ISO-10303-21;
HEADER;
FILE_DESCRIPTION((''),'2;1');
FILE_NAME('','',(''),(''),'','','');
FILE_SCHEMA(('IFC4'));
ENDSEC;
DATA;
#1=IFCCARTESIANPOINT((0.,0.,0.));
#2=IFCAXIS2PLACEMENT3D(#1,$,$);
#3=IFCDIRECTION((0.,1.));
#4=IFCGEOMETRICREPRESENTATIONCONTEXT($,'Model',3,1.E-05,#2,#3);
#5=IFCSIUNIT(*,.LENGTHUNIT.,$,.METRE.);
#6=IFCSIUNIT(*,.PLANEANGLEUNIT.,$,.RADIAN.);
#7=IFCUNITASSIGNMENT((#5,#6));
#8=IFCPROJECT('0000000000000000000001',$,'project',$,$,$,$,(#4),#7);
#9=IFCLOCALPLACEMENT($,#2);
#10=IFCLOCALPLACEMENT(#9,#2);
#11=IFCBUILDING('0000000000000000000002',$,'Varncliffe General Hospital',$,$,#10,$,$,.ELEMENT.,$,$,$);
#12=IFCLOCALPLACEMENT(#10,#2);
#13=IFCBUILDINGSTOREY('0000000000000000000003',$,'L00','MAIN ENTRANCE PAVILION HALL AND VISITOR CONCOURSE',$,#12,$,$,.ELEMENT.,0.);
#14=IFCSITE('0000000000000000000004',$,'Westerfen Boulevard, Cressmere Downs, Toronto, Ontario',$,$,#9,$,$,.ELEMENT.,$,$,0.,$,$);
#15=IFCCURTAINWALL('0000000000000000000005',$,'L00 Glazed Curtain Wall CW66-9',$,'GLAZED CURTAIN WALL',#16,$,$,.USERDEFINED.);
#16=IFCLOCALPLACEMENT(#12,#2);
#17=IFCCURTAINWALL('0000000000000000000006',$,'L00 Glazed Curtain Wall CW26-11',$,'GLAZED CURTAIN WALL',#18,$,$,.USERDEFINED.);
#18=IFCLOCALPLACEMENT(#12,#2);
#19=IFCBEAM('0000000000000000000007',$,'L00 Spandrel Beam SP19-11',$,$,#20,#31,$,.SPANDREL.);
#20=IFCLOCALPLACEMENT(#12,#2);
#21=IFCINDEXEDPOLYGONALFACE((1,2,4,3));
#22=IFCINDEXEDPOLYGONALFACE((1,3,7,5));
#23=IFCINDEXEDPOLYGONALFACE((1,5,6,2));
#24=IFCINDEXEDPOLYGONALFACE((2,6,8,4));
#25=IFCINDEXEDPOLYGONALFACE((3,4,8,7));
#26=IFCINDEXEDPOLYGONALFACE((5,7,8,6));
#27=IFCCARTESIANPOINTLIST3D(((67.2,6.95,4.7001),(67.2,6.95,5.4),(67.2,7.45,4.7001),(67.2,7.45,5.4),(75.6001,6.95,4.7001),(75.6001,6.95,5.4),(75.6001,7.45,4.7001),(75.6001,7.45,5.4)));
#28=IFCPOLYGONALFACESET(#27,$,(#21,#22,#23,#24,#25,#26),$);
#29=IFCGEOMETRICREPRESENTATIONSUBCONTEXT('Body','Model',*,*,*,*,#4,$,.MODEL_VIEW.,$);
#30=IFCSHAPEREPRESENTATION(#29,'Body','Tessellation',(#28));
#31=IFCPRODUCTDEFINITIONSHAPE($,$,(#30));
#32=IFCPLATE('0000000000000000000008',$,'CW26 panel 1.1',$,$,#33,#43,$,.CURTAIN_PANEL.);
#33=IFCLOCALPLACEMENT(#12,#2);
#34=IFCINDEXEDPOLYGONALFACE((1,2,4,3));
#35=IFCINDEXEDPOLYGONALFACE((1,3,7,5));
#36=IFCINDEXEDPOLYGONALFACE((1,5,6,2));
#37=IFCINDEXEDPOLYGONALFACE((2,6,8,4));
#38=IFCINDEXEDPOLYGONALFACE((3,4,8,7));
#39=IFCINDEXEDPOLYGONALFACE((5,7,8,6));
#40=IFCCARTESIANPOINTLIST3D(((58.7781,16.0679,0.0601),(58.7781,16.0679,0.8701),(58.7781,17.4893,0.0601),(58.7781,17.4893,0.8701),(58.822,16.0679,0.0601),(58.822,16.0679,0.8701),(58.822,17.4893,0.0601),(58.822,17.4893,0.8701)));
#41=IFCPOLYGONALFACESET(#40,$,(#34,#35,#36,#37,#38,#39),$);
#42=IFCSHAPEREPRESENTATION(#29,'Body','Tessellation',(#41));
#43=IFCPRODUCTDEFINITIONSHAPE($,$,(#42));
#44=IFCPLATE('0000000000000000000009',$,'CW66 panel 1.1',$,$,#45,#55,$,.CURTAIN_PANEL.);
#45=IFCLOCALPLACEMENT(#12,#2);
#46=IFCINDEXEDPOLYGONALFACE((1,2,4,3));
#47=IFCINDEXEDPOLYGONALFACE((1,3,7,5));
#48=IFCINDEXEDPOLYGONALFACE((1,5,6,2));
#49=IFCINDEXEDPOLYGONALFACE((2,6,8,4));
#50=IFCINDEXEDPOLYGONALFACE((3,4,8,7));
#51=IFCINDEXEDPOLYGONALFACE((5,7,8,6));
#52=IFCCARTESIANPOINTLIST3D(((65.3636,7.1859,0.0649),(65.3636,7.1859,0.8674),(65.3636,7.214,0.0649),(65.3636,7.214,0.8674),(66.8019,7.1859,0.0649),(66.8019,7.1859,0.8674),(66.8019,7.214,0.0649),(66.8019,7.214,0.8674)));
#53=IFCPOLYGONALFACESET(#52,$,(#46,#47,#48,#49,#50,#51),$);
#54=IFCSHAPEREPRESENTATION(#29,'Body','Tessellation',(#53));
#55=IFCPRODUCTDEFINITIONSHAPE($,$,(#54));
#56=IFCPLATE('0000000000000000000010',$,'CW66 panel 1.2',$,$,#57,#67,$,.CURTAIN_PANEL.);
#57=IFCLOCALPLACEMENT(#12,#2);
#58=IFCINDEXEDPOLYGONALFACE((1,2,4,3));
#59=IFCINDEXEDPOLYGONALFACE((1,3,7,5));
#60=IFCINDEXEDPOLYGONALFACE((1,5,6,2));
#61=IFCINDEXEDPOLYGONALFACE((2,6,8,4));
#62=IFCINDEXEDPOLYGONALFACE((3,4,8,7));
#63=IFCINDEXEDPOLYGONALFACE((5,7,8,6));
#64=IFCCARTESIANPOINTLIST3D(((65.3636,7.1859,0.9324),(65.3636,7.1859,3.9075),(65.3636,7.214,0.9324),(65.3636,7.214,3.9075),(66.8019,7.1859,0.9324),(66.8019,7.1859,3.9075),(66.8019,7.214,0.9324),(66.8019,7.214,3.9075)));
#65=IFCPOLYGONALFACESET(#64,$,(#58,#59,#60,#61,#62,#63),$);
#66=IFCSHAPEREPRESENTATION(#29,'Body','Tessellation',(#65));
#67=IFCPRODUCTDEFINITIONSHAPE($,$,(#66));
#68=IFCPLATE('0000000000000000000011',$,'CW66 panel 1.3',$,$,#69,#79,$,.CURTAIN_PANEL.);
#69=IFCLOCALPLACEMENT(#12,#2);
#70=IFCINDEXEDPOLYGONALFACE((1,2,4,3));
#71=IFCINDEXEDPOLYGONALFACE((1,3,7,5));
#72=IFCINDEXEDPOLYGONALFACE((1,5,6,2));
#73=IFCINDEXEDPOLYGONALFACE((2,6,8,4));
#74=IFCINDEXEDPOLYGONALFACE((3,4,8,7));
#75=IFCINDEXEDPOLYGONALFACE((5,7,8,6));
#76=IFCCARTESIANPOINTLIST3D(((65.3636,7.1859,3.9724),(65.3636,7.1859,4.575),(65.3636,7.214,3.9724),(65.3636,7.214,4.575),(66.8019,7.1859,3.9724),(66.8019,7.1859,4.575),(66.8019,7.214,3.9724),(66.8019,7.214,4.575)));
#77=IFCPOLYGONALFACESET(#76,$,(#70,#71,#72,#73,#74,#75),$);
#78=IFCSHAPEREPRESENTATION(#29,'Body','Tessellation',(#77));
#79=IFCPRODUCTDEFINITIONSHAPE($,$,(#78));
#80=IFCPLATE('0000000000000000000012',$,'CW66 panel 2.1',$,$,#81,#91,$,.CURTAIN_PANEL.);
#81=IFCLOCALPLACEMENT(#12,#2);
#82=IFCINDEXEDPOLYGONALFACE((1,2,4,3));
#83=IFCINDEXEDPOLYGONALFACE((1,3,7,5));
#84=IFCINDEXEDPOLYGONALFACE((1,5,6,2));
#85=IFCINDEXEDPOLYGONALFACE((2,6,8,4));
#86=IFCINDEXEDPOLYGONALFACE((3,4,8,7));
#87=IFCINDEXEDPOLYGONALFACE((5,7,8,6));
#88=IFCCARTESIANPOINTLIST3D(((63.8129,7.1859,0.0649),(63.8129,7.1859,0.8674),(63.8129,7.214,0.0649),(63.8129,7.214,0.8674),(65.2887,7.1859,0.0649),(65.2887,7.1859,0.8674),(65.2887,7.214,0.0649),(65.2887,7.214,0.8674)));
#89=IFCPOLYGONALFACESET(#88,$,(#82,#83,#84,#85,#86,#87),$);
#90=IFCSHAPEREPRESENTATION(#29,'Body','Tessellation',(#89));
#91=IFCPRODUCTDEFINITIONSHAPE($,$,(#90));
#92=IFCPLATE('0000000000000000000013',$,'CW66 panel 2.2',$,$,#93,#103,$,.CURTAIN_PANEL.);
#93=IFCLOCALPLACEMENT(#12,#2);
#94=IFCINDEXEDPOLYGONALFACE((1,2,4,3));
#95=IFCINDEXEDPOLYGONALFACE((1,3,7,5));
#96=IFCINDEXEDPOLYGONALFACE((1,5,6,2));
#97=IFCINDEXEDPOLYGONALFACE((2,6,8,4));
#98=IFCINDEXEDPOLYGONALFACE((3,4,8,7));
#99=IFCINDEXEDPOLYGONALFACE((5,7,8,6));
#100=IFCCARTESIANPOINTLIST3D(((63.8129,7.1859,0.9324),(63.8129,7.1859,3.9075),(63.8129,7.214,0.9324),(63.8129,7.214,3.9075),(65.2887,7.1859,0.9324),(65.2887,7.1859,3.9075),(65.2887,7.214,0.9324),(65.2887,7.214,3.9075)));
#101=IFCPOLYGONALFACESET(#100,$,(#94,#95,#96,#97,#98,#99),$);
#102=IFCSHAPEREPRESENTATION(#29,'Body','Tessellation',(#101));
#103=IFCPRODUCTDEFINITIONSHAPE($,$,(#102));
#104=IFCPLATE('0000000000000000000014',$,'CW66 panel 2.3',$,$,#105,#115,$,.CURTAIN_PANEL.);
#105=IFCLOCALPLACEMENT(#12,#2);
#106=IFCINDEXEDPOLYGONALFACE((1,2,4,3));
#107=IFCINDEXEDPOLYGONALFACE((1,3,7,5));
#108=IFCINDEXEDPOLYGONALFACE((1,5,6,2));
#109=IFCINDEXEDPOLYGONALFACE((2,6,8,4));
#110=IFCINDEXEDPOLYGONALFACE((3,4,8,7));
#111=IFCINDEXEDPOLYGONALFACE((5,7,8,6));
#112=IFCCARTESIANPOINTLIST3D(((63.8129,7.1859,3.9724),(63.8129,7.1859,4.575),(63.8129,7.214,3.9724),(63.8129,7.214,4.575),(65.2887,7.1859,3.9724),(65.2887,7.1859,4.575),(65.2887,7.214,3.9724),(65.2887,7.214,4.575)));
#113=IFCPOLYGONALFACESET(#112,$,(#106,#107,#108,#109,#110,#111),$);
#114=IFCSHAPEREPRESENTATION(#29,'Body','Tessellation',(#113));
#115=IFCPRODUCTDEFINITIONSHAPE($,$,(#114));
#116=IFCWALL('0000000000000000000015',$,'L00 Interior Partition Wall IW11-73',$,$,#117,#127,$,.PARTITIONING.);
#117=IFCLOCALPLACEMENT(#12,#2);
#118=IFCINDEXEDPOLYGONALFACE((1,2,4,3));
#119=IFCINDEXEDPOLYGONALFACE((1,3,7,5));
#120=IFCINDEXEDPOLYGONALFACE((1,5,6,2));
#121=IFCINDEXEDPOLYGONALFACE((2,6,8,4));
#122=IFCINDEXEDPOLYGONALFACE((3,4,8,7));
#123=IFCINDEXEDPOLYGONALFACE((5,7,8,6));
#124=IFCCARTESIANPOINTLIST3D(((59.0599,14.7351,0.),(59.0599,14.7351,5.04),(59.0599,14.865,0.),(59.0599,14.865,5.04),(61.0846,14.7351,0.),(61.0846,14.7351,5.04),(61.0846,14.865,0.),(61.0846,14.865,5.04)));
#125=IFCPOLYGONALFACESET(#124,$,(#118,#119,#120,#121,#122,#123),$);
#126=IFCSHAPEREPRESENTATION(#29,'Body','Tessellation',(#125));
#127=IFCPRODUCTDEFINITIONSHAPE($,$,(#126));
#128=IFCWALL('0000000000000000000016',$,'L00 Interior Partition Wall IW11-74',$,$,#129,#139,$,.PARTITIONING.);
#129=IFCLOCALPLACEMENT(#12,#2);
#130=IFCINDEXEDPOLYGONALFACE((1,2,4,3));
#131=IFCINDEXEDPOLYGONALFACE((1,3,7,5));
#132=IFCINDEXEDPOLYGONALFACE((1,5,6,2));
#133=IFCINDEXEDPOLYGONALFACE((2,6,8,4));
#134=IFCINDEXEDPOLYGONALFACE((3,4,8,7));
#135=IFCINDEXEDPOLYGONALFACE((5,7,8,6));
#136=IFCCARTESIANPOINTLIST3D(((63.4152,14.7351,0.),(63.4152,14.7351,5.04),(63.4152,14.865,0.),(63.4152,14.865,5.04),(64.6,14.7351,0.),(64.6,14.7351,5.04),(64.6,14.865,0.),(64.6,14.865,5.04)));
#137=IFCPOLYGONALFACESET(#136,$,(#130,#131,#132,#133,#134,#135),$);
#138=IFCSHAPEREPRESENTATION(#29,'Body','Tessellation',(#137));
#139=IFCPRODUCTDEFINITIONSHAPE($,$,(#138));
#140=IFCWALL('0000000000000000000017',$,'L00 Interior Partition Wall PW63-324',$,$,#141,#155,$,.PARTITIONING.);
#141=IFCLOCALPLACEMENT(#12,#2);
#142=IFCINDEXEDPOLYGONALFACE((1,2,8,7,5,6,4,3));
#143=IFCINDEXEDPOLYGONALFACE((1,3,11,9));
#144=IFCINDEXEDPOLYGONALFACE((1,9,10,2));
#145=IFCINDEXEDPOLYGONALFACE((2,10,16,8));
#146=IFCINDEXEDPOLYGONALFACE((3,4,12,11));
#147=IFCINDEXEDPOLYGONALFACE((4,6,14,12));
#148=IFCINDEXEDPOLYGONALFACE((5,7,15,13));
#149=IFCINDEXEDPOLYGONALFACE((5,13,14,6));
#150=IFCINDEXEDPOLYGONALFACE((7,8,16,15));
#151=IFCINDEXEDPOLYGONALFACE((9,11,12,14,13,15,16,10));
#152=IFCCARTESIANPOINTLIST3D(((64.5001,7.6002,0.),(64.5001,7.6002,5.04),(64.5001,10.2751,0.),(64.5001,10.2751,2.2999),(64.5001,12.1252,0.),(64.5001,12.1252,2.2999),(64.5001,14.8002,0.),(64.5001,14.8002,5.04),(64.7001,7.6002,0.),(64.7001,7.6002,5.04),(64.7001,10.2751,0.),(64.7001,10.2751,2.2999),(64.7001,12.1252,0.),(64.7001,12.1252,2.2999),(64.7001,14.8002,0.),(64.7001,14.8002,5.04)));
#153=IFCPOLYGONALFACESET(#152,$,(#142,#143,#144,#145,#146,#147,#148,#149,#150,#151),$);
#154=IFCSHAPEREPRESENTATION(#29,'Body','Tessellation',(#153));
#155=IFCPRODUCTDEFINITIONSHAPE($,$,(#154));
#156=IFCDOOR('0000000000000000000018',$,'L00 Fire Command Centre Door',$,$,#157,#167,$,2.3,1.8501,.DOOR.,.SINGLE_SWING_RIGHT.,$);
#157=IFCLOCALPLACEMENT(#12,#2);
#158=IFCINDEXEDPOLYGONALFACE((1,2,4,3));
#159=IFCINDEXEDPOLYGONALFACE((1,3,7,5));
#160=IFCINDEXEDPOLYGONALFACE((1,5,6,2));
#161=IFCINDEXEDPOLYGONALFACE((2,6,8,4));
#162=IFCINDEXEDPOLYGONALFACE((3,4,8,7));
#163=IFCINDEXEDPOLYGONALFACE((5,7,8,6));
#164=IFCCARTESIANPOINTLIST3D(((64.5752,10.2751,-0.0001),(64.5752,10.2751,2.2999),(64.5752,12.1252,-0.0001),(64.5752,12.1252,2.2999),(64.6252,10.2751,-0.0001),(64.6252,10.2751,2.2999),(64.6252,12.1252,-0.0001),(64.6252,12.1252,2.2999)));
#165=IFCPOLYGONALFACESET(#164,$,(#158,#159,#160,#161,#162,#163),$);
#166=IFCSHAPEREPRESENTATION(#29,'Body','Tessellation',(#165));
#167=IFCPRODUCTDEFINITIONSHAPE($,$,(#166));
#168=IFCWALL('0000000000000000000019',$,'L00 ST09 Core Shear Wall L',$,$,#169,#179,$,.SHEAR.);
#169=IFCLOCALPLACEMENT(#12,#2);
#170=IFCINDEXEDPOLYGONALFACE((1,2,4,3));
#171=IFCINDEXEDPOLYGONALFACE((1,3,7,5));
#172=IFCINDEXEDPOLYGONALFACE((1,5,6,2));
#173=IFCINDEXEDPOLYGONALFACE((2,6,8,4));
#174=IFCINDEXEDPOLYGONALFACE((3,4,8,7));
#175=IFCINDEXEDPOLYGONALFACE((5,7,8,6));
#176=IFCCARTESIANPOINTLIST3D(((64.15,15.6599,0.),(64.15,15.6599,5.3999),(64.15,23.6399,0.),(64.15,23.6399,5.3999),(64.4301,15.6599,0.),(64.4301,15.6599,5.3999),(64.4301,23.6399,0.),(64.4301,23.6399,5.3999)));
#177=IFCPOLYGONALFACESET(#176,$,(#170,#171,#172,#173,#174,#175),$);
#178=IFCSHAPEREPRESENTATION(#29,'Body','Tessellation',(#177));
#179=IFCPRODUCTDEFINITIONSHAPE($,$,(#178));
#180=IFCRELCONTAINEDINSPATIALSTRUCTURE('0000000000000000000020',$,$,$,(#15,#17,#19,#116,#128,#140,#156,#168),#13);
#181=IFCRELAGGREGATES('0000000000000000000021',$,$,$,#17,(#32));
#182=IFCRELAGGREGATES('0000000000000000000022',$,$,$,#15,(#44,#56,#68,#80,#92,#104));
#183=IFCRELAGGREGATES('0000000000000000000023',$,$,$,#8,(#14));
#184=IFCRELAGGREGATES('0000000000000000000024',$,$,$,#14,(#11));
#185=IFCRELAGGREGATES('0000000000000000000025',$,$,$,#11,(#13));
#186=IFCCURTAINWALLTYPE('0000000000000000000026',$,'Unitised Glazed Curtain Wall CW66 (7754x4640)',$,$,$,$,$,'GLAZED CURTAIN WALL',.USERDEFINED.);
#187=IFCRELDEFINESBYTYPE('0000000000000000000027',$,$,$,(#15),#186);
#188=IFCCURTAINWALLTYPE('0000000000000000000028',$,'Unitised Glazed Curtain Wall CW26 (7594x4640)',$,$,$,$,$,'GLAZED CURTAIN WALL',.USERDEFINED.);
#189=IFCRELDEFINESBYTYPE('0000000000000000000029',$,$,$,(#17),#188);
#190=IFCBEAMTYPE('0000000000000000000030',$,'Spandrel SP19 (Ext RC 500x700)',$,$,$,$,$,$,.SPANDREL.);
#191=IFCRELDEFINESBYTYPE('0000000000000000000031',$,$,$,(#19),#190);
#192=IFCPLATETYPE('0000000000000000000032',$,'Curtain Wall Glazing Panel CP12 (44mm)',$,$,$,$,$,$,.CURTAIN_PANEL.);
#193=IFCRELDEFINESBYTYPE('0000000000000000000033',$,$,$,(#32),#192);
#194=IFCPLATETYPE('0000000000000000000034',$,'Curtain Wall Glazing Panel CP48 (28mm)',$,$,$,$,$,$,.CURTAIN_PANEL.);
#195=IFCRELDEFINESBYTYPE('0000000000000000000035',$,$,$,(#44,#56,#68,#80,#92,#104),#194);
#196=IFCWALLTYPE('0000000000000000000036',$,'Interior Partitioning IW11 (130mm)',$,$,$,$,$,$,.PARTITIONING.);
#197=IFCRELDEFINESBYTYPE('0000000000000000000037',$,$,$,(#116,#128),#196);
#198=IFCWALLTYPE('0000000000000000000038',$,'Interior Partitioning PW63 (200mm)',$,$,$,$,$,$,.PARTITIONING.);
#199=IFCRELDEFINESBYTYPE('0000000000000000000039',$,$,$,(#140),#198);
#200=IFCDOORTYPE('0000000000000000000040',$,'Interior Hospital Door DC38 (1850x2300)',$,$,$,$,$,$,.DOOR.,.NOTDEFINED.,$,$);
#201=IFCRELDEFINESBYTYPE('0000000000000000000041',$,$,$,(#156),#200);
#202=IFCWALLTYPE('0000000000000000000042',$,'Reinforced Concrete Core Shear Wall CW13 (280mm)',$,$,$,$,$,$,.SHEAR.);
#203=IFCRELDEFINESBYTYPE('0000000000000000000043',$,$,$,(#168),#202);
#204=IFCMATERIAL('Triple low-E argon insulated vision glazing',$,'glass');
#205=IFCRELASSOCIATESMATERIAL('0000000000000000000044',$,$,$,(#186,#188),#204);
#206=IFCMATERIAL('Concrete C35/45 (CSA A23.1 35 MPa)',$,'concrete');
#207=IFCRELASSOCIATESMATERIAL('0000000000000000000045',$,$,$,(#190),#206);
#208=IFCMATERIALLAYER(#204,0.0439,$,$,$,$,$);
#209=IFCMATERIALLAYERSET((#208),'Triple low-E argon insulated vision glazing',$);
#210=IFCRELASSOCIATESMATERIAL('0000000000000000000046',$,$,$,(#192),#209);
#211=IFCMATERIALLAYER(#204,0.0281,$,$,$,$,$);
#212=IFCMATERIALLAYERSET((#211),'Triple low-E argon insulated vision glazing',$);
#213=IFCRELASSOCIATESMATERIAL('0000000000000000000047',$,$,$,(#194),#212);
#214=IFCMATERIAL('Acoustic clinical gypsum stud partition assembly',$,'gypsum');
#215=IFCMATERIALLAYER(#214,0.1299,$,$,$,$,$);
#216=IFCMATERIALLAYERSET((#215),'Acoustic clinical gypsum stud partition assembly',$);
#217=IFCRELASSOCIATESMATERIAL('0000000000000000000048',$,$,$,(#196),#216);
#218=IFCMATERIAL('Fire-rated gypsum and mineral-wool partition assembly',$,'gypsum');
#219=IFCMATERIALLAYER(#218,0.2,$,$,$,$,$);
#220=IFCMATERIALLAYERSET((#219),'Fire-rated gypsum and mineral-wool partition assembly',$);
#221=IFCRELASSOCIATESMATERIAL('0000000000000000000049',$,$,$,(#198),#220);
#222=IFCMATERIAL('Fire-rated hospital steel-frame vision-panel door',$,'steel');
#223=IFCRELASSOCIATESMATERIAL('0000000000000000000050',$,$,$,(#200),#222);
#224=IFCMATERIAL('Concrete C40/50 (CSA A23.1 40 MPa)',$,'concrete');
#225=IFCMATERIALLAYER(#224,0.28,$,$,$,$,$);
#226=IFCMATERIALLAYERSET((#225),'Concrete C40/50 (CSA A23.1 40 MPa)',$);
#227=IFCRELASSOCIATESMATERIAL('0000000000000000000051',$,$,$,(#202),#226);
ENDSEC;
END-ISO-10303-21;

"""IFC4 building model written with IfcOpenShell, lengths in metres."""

from ifc_helpers import new_model, si_unit, direction, frame, frame_2d, origin, origin_2d, place, context, subcontext, project, spatial, rectangle, extrude, material, layer, layer_set, material_profile, profile_set, type_object, element, fill, aggregate, save


model = new_model("IFC4")

# Units and contexts
model_context = context("Model", 3, precision=1e-05, world=origin(), true_north=direction((0.0, 1.0)))
body_context = subcontext(model_context, "Body", "Model", "MODEL_VIEW")
ifc_project = project(units=[si_unit("LENGTHUNIT", "METRE"), si_unit("PLANEANGLEUNIT", "RADIAN")], contexts=[model_context])

# Site, building, storey
site_placement = place(None, origin())
site = spatial("IfcSite", under=ifc_project, at=site_placement, Name="Westerfen Boulevard, Cressmere Downs, Toronto, Ontario", CompositionType="ELEMENT", RefElevation=0.0)
building_placement = place(site_placement, origin())
building = spatial("IfcBuilding", under=site, at=building_placement, Name="Varncliffe General Hospital", CompositionType="ELEMENT")
storey_placement = place(building_placement, origin())
storey = spatial("IfcBuildingStorey", under=building, at=storey_placement, Name="L00", Description="MAIN ENTRANCE PAVILION HALL AND VISITOR CONCOURSE", CompositionType="ELEMENT", Elevation=0.0)

# Shared definitions
ifc_material_1 = material(Name="Concrete C40/50 (CSA A23.1 40 MPa)", Category="concrete")

# Curtain walls
ifc_material_2 = material(Name="Triple low-E argon insulated vision glazing", Category="glass")
curtain_wall_type_1 = type_object("IfcCurtainWallType", Name="Unitised Glazed Curtain Wall CW66 (7754x4640)", ElementType="GLAZED CURTAIN WALL", PredefinedType="USERDEFINED", material=ifc_material_2)
curtain_wall_1_placement = place(storey_placement, origin())
curtain_wall_1 = element("IfcCurtainWall", 1, at=curtain_wall_1_placement, inside=storey, type_object=curtain_wall_type_1, Name="L00 Glazed Curtain Wall CW66-9", ObjectType="GLAZED CURTAIN WALL", PredefinedType="USERDEFINED")
curtain_wall_type_2 = type_object("IfcCurtainWallType", Name="Unitised Glazed Curtain Wall CW26 (7594x4640)", ElementType="GLAZED CURTAIN WALL", PredefinedType="USERDEFINED", material=ifc_material_2)
curtain_wall_2_placement = place(storey_placement, origin())
curtain_wall_2 = element("IfcCurtainWall", 2, at=curtain_wall_2_placement, inside=storey, type_object=curtain_wall_type_2, Name="L00 Glazed Curtain Wall CW26-11", ObjectType="GLAZED CURTAIN WALL", PredefinedType="USERDEFINED")

# Beam
ifc_material_3 = material(Name="Concrete C35/45 (CSA A23.1 35 MPa)", Category="concrete")
ifc_material_profile_1 = material_profile(ifc_material_3, rectangle(XDim=0.5, YDim=0.7, at=origin_2d()), Name="RC 500x700")
ifc_profile_set_1 = profile_set([ifc_material_profile_1], Name="Concrete C35/45 (CSA A23.1 35 MPa)")
beam_type = type_object("IfcBeamType", Name="Spandrel SP19 (Ext RC 500x700)", PredefinedType="SPANDREL", material=ifc_profile_set_1)
beam_placement = place(storey_placement, frame((67.2, 7.2, 5.05), z_axis=(1.0, 0.0, 0.0), x_axis=(0.0, 1.0, 0.0)))
element("IfcBeam", 3, at=beam_placement, inside=storey, type_object=beam_type, Name="L00 Spandrel Beam SP19-11", PredefinedType="SPANDREL", context=body_context, shape_type="SweptSolid", body=[
    extrude(rectangle(XDim=0.5, YDim=0.7, at=origin_2d()), origin(), (0.0, 0.0, 1.0), 8.4001),
])

# Plates
ifc_layer_1 = layer(ifc_material_2, 0.0439)
ifc_layer_set_1 = layer_set([ifc_layer_1], Name="Triple low-E argon insulated vision glazing")
plate_type_1 = type_object("IfcPlateType", Name="Curtain Wall Glazing Panel CP12 (44mm)", PredefinedType="CURTAIN_PANEL", material=ifc_layer_set_1)
plate_1_placement = place(storey_placement, frame((58.8, 16.7786, 0.0601), z_axis=(0.0, 0.0, 1.0), x_axis=(0.0, 1.0, 0.0)))
plate_1 = element("IfcPlate", 4, at=plate_1_placement, type_object=plate_type_1, Name="CW26 panel 1.1", PredefinedType="CURTAIN_PANEL", context=body_context, shape_type="SweptSolid", body=[
    extrude(rectangle(XDim=1.4214, YDim=0.0439, at=origin_2d()), origin(), (0.0, 0.0, 1.0), 0.8101),
])
aggregate(curtain_wall_2, [plate_1])
ifc_layer_2 = layer(ifc_material_2, 0.0281)
ifc_layer_set_2 = layer_set([ifc_layer_2], Name="Triple low-E argon insulated vision glazing")
plate_type_2 = type_object("IfcPlateType", Name="Curtain Wall Glazing Panel CP48 (28mm)", PredefinedType="CURTAIN_PANEL", material=ifc_layer_set_2)
plate_2_placement = place(storey_placement, frame((66.0828, 7.2, 0.0649), z_axis=(0.0, 0.0, 1.0), x_axis=(-1.0, 0.0, 0.0)))
plate_2 = element("IfcPlate", 5, at=plate_2_placement, type_object=plate_type_2, Name="CW66 panel 1.1", PredefinedType="CURTAIN_PANEL", context=body_context, shape_type="SweptSolid", body=[
    extrude(rectangle(XDim=1.4382, YDim=0.0281, at=origin_2d()), origin(), (0.0, 0.0, 1.0), 0.8025),
])
plate_3_placement = place(storey_placement, frame((66.0828, 7.2, 0.9324), z_axis=(0.0, 0.0, 1.0), x_axis=(-1.0, 0.0, 0.0)))
plate_3 = element("IfcPlate", 6, at=plate_3_placement, type_object=plate_type_2, Name="CW66 panel 1.2", PredefinedType="CURTAIN_PANEL", context=body_context, shape_type="SweptSolid", body=[
    extrude(rectangle(XDim=1.4382, YDim=0.0281, at=origin_2d()), origin(), (0.0, 0.0, 1.0), 2.9751),
])
plate_4_placement = place(storey_placement, frame((66.0828, 7.2, 3.9724), z_axis=(0.0, 0.0, 1.0), x_axis=(-1.0, 0.0, 0.0)))
plate_4 = element("IfcPlate", 7, at=plate_4_placement, type_object=plate_type_2, Name="CW66 panel 1.3", PredefinedType="CURTAIN_PANEL", context=body_context, shape_type="SweptSolid", body=[
    extrude(rectangle(XDim=1.4382, YDim=0.0281, at=origin_2d()), origin(), (0.0, 0.0, 1.0), 0.6025),
])
plate_5_placement = place(storey_placement, frame((64.5508, 7.2, 0.0649), z_axis=(0.0, 0.0, 1.0), x_axis=(-1.0, 0.0, 0.0)))
plate_5 = element("IfcPlate", 8, at=plate_5_placement, type_object=plate_type_2, Name="CW66 panel 2.1", PredefinedType="CURTAIN_PANEL", context=body_context, shape_type="SweptSolid", body=[
    extrude(rectangle(XDim=1.4758, YDim=0.0281, at=origin_2d()), origin(), (0.0, 0.0, 1.0), 0.8025),
])
plate_6_placement = place(storey_placement, frame((64.5508, 7.2, 0.9324), z_axis=(0.0, 0.0, 1.0), x_axis=(-1.0, 0.0, 0.0)))
plate_6 = element("IfcPlate", 9, at=plate_6_placement, type_object=plate_type_2, Name="CW66 panel 2.2", PredefinedType="CURTAIN_PANEL", context=body_context, shape_type="SweptSolid", body=[
    extrude(rectangle(XDim=1.4758, YDim=0.0281, at=origin_2d()), origin(), (0.0, 0.0, 1.0), 2.9751),
])
plate_7_placement = place(storey_placement, frame((64.5508, 7.2, 3.9724), z_axis=(0.0, 0.0, 1.0), x_axis=(-1.0, 0.0, 0.0)))
plate_7 = element("IfcPlate", 10, at=plate_7_placement, type_object=plate_type_2, Name="CW66 panel 2.3", PredefinedType="CURTAIN_PANEL", context=body_context, shape_type="SweptSolid", body=[
    extrude(rectangle(XDim=1.4758, YDim=0.0281, at=origin_2d()), origin(), (0.0, 0.0, 1.0), 0.6025),
])
aggregate(curtain_wall_1, [plate_2, plate_3, plate_4, plate_5, plate_6, plate_7])

# Walls
ifc_material_4 = material(Name="Acoustic clinical gypsum stud partition assembly", Category="gypsum")
ifc_layer_3 = layer(ifc_material_4, 0.1299)
ifc_layer_set_3 = layer_set([ifc_layer_3], Name="Acoustic clinical gypsum stud partition assembly")
wall_type_1 = type_object("IfcWallType", Name="Interior Partitioning IW11 (130mm)", PredefinedType="PARTITIONING", material=ifc_layer_set_3)
wall_1_placement = place(storey_placement, frame((59.0601, 14.8, 0.0), z_axis=(0.0, 0.0, 1.0), x_axis=(1.0, 0.0, 0.0)))
element("IfcWall", 11, at=wall_1_placement, inside=storey, type_object=wall_type_1, Name="L00 Interior Partition Wall IW11-73", PredefinedType="PARTITIONING", context=body_context, shape_type="SweptSolid", body=[
    extrude(rectangle(XDim=2.0247, YDim=0.1299, at=frame_2d((1.0122, 0.0))), origin(), (0.0, 0.0, 1.0), 5.04),
])
wall_2_placement = place(storey_placement, frame((63.4153, 14.8, 0.0), z_axis=(0.0, 0.0, 1.0), x_axis=(1.0, 0.0, 0.0)))
element("IfcWall", 12, at=wall_2_placement, inside=storey, type_object=wall_type_1, Name="L00 Interior Partition Wall IW11-74", PredefinedType="PARTITIONING", context=body_context, shape_type="SweptSolid", body=[
    extrude(rectangle(XDim=1.1848, YDim=0.1299, at=frame_2d((0.5923, 0.0))), origin(), (0.0, 0.0, 1.0), 5.04),
])

# Wall, opening, door
ifc_material_5 = material(Name="Fire-rated gypsum and mineral-wool partition assembly", Category="gypsum")
ifc_layer_4 = layer(ifc_material_5, 0.2)
ifc_layer_set_4 = layer_set([ifc_layer_4], Name="Fire-rated gypsum and mineral-wool partition assembly")
wall_type_2 = type_object("IfcWallType", Name="Interior Partitioning PW63 (200mm)", PredefinedType="PARTITIONING", material=ifc_layer_set_4)
wall_3_placement = place(storey_placement, frame((64.6001, 7.6001, 0.0), z_axis=(0.0, 0.0, 1.0), x_axis=(0.0, 1.0, 0.0)))
wall_3 = element("IfcWall", 13, at=wall_3_placement, inside=storey, type_object=wall_type_2, Name="L00 Interior Partition Wall PW63-324", PredefinedType="PARTITIONING", context=body_context, shape_type="SweptSolid", body=[
    extrude(rectangle(XDim=7.2, YDim=0.2, at=frame_2d((3.6001, 0.0))), origin(), (0.0, 0.0, 1.0), 5.04),
])
opening_1_placement = place(wall_3_placement, frame((2.675, 0.0, 0.0)))
opening_1 = element("IfcOpeningElement", 14, at=opening_1_placement, cuts=wall_3, PredefinedType="OPENING", context=body_context, shape_type="SweptSolid", body=[
    extrude(rectangle(XDim=1.8501, YDim=2.3, at=frame_2d((0.925, 1.1499))), frame((0.0, 0.1099, 0.0), z_axis=(0.0, -1.0, 0.0), x_axis=(1.0, 0.0, 0.0)), (0.0, 0.0, 1.0), 0.22),
])
ifc_material_6 = material(Name="Fire-rated hospital steel-frame vision-panel door", Category="steel")
door_type_1 = type_object("IfcDoorType", Name="Interior Hospital Door DC38 (1850x2300)", OperationType="NOTDEFINED", PredefinedType="DOOR", material=ifc_material_6)
door_1_placement = place(opening_1_placement, origin())
door_1 = element("IfcDoor", 15, at=door_1_placement, inside=storey, type_object=door_type_1, Name="L00 Fire Command Centre Door", OperationType="SINGLE_SWING_RIGHT", OverallHeight=2.3, OverallWidth=1.8501, PredefinedType="DOOR", context=body_context, shape_type="SweptSolid", body=[
    extrude(rectangle(XDim=1.8501, YDim=2.3, at=frame_2d((0.925, 1.1499))), frame((0.0, 0.0249, 0.0), z_axis=(0.0, -1.0, 0.0), x_axis=(1.0, 0.0, 0.0)), (0.0, 0.0, 1.0), 0.05),
])
fill(opening_1, door_1)

# Wall
ifc_layer_5 = layer(ifc_material_1, 0.28)
ifc_layer_set_5 = layer_set([ifc_layer_5], Name="Concrete C40/50 (CSA A23.1 40 MPa)")
wall_type_3 = type_object("IfcWallType", Name="Reinforced Concrete Core Shear Wall CW13 (280mm)", PredefinedType="SHEAR", material=ifc_layer_set_5)
wall_4_placement = place(storey_placement, frame((64.29, 15.6599, 0.0), z_axis=(0.0, 0.0, 1.0), x_axis=(0.0, 1.0, 0.0)))
element("IfcWall", 16, at=wall_4_placement, inside=storey, type_object=wall_type_3, Name="L00 ST09 Core Shear Wall L", PredefinedType="SHEAR", context=body_context, shape_type="SweptSolid", body=[
    extrude(rectangle(XDim=7.98, YDim=0.28, at=frame_2d((3.99, 0.0))), origin(), (0.0, 0.0, 1.0), 5.3999),
])

save(model, "model.ifc")
